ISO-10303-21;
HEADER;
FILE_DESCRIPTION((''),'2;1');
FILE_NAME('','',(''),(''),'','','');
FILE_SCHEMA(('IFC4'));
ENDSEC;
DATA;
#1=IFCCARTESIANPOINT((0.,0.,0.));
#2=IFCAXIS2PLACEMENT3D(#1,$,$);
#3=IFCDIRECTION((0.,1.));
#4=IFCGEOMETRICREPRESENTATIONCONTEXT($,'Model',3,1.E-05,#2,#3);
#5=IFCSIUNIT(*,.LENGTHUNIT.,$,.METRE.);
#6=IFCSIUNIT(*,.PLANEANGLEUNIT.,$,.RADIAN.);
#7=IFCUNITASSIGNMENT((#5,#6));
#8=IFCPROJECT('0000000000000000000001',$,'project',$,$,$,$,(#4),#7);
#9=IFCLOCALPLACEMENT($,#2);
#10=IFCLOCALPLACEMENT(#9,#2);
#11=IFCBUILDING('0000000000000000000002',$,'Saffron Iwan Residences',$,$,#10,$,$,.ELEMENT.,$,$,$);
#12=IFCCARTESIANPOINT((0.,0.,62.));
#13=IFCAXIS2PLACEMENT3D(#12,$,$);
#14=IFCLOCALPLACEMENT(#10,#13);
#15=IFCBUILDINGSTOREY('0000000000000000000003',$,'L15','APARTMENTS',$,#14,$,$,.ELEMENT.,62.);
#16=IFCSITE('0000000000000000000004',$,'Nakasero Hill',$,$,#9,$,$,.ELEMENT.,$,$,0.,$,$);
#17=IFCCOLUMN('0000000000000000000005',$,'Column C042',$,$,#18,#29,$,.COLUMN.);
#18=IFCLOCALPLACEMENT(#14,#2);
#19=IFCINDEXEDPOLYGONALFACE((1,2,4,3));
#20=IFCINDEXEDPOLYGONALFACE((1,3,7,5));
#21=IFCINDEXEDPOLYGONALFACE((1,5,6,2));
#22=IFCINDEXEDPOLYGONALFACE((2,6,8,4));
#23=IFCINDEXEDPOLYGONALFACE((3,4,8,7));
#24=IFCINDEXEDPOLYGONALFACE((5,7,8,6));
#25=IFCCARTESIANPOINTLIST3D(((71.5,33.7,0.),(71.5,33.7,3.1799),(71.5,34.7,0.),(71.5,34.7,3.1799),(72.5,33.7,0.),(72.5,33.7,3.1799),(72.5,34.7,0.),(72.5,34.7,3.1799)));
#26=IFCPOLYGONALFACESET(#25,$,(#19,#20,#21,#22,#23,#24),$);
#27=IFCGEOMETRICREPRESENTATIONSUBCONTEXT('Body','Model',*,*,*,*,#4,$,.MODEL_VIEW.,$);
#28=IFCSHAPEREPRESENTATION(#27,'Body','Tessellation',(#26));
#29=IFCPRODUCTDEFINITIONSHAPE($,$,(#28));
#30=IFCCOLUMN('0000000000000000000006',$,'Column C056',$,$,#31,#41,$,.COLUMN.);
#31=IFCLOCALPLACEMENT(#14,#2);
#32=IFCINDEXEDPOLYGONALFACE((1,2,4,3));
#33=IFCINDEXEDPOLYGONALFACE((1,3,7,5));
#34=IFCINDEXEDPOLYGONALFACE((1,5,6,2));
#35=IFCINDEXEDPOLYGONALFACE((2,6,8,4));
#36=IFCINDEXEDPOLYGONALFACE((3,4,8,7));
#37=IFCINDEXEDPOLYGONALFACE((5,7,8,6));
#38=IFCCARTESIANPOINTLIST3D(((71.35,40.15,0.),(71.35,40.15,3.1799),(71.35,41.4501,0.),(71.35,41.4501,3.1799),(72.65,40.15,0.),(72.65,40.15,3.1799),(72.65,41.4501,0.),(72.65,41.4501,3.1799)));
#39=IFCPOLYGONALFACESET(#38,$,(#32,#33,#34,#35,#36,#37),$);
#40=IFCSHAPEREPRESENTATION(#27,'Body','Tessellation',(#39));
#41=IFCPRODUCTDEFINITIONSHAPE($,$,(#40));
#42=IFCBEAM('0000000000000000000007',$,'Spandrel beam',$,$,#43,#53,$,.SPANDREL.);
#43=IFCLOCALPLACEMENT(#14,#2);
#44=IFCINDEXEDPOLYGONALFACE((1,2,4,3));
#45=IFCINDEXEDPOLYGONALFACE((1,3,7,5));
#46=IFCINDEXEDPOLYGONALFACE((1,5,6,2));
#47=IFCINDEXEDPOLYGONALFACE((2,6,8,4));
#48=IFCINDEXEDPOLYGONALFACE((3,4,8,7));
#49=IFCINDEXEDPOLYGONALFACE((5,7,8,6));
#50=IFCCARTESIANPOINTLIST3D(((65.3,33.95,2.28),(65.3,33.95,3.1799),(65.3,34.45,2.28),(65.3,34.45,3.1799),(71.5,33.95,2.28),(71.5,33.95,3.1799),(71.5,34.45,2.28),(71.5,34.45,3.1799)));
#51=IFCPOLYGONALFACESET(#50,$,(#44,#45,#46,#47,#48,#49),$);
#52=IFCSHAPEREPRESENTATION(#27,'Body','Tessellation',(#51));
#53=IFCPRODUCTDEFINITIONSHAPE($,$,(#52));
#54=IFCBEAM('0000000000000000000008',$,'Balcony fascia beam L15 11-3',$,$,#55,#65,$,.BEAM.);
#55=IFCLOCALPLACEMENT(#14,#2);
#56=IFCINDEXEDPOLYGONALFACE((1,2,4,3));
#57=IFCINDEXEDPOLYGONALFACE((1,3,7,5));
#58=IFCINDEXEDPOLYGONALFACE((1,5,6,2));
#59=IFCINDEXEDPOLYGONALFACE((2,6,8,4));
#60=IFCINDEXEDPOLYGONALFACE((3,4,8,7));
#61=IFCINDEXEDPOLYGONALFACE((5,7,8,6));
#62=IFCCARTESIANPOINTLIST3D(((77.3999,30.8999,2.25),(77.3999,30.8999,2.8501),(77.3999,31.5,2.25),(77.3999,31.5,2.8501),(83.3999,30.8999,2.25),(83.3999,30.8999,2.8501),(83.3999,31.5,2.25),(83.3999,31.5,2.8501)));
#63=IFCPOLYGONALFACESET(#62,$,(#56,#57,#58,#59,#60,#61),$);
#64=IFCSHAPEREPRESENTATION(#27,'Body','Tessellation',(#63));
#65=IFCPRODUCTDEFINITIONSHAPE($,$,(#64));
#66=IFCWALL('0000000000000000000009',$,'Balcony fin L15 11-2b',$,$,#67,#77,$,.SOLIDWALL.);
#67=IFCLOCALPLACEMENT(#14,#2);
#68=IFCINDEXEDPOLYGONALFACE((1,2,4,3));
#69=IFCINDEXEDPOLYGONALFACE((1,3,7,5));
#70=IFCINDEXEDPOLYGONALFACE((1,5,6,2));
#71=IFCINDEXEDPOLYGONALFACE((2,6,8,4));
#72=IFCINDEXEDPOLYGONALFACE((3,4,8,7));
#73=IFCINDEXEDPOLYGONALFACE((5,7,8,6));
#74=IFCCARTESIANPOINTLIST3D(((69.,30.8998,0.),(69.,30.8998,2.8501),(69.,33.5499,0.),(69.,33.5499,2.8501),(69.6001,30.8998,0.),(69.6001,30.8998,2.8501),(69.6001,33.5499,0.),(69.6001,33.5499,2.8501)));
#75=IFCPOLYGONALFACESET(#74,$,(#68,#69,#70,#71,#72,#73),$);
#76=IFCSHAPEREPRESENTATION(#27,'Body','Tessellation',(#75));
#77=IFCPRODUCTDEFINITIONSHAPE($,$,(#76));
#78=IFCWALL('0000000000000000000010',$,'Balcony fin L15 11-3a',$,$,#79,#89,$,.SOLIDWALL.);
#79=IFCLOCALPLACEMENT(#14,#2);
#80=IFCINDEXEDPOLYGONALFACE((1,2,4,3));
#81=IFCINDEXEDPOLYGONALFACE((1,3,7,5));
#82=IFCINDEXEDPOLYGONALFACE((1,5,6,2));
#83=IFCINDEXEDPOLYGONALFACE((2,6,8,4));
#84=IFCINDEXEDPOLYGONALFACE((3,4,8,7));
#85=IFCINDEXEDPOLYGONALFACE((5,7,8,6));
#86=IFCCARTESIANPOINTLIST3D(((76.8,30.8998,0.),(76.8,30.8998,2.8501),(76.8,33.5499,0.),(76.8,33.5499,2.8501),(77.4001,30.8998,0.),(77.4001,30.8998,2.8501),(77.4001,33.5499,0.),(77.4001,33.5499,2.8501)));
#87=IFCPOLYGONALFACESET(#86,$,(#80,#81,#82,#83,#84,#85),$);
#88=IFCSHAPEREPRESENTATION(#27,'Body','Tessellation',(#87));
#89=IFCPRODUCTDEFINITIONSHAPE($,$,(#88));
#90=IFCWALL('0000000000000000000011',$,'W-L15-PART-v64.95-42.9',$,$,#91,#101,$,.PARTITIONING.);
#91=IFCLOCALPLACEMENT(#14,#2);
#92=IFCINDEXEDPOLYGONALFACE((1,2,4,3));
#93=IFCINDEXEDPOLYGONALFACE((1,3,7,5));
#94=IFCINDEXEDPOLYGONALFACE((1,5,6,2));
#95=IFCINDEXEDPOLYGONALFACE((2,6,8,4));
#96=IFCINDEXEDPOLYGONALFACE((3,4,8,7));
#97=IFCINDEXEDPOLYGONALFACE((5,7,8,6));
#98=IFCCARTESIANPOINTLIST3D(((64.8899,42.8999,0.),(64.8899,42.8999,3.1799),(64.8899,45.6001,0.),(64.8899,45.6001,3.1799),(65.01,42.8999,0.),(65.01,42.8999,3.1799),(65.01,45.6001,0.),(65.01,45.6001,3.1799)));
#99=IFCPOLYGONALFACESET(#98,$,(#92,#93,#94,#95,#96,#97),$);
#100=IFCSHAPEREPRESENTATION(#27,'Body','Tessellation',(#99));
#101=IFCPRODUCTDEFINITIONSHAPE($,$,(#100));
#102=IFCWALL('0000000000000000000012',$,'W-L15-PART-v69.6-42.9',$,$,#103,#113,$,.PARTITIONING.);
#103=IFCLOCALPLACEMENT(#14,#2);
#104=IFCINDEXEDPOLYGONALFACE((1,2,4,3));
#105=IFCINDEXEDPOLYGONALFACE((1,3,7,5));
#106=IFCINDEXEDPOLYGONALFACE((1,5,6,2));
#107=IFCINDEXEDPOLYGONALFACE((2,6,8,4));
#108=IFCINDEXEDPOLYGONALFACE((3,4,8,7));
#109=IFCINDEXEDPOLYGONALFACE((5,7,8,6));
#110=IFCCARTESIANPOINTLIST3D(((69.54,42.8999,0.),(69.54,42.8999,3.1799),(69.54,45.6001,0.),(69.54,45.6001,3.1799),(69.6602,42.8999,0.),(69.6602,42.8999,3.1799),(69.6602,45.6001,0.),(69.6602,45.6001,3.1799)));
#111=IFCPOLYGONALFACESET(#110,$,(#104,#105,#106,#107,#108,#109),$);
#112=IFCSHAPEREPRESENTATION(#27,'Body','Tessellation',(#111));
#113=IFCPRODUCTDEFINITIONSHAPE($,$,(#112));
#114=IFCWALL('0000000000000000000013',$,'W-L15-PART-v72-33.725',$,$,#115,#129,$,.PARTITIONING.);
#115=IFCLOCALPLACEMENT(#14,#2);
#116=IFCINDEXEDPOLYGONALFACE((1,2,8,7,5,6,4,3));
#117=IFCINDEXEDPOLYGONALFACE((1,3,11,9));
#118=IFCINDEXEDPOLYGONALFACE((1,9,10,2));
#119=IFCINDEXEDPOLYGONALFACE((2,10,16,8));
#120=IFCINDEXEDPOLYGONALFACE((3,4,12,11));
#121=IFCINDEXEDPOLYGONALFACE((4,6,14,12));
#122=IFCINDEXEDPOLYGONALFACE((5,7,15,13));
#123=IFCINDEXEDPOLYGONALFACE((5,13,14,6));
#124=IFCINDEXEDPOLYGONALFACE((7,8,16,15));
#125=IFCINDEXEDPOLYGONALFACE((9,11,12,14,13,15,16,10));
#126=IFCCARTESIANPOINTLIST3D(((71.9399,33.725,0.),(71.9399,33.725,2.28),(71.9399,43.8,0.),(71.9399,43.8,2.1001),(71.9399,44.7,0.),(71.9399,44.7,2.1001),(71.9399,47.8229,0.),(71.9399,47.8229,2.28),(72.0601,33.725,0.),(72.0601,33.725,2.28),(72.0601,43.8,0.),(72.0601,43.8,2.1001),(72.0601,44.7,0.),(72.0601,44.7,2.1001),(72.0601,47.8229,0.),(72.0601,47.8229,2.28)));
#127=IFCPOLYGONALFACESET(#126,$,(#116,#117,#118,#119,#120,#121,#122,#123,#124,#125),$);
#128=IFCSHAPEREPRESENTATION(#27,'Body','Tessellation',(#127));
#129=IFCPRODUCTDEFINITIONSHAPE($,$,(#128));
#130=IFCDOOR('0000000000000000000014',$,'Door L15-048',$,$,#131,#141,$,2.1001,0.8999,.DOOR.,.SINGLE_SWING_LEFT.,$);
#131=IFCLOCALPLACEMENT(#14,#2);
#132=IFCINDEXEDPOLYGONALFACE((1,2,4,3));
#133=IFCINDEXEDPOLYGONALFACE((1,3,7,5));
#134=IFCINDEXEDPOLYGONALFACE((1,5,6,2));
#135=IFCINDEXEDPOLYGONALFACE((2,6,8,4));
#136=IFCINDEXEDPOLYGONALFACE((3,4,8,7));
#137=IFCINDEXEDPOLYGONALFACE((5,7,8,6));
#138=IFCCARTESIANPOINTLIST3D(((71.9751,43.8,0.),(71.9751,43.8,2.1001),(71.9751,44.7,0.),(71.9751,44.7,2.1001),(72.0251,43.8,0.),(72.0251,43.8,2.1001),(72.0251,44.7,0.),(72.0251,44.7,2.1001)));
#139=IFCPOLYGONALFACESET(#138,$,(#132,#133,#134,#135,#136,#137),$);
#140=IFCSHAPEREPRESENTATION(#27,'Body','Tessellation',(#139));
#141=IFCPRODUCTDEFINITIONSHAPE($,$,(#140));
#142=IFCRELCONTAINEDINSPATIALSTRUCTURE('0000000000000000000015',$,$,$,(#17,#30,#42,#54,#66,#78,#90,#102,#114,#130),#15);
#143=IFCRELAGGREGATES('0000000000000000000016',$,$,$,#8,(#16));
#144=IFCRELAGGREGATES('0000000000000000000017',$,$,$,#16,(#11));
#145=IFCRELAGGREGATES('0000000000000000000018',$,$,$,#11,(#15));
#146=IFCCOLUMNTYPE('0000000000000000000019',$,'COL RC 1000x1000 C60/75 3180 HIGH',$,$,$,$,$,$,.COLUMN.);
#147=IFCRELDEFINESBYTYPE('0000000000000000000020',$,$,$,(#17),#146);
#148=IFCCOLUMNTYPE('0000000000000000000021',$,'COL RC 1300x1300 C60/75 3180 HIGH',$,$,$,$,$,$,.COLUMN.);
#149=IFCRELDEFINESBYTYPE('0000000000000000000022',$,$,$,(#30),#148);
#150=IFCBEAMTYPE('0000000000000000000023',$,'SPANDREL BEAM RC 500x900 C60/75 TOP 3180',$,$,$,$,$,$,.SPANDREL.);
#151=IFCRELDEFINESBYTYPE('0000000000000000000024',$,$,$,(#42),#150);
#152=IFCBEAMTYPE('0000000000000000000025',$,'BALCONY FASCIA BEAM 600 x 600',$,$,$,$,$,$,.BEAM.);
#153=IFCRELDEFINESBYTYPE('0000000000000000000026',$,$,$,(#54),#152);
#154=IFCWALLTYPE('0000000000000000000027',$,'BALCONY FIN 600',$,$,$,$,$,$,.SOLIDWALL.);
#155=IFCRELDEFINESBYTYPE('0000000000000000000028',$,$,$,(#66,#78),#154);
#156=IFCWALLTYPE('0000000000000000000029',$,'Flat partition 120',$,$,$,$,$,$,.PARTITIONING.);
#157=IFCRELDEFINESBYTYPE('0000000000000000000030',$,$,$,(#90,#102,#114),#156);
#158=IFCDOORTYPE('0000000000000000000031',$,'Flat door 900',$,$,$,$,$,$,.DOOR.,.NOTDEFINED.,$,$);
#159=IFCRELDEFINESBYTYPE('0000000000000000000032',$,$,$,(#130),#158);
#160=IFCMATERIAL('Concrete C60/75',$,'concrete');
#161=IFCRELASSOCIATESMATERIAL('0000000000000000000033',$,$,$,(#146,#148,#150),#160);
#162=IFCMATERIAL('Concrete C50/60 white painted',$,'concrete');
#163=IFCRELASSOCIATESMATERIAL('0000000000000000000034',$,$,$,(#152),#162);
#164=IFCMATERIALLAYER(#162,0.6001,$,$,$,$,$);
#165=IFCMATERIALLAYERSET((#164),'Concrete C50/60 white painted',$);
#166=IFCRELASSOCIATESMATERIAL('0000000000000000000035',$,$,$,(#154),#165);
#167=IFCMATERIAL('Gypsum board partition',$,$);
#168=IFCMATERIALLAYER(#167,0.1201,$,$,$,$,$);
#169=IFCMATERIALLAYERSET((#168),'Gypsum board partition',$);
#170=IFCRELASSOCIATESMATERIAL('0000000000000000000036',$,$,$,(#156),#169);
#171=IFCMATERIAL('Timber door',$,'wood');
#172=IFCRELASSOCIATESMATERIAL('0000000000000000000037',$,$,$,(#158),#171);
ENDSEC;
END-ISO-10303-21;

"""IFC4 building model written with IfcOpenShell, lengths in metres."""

from ifc_helpers import new_model, si_unit, direction, frame, frame_2d, origin, origin_2d, place, context, subcontext, project, spatial, rectangle, extrude, source, transform, mapped, material, layer, layer_set, material_profile, profile_set, type_object, element, fill, save


model = new_model("IFC4")

# Units and contexts
model_context = context("Model", 3, precision=1e-05, world=origin(), true_north=direction((0.0, 1.0)))
body_context = subcontext(model_context, "Body", "Model", "MODEL_VIEW")
ifc_project = project(units=[si_unit("LENGTHUNIT", "METRE"), si_unit("PLANEANGLEUNIT", "RADIAN")], contexts=[model_context])

# Site, building, storey
site_placement = place(None, origin())
site = spatial("IfcSite", under=ifc_project, at=site_placement, Name="Nakasero Hill", CompositionType="ELEMENT", RefElevation=0.0)
building_placement = place(site_placement, origin())
building = spatial("IfcBuilding", under=site, at=building_placement, Name="Saffron Iwan Residences", CompositionType="ELEMENT")
storey_placement = place(building_placement, frame((0.0, 0.0, 62.0)))
storey = spatial("IfcBuildingStorey", under=building, at=storey_placement, Name="L15", Description="APARTMENTS", CompositionType="ELEMENT", Elevation=62.0)

# Columns
ifc_material_1 = material(Name="Concrete C60/75", Category="concrete")
ifc_material_profile_1 = material_profile(ifc_material_1, rectangle(XDim=1.0, YDim=1.0, at=origin_2d()), Name="RC 1000x1000")
ifc_profile_set_1 = profile_set([ifc_material_profile_1], Name="Concrete C60/75")
column_type_1 = type_object("IfcColumnType", Name="COL RC 1000x1000 C60/75 3180 HIGH", PredefinedType="COLUMN", material=ifc_profile_set_1)
shared_shape_1 = source(origin(), body_context, "Body", "SweptSolid", [
    extrude(rectangle(XDim=1.0, YDim=1.0, at=origin_2d()), origin(), (0.0, 0.0, 1.0), 3.1799),
])
column_1_placement = place(storey_placement, frame((72.0, 34.2, 0.0), z_axis=(0.0, 0.0, 1.0), x_axis=(1.0, 0.0, 0.0)))
element("IfcColumn", 1, at=column_1_placement, inside=storey, type_object=column_type_1, Name="Column C042", PredefinedType="COLUMN", context=body_context, shape_type="MappedRepresentation", body=[
    mapped(shared_shape_1, transform((0.0, 0.0, 0.0))),
])
ifc_material_profile_2 = material_profile(ifc_material_1, rectangle(XDim=1.3, YDim=1.3, at=origin_2d()), Name="RC 1300x1300")
ifc_profile_set_2 = profile_set([ifc_material_profile_2], Name="Concrete C60/75")
column_type_2 = type_object("IfcColumnType", Name="COL RC 1300x1300 C60/75 3180 HIGH", PredefinedType="COLUMN", material=ifc_profile_set_2)
shared_shape_2 = source(origin(), body_context, "Body", "SweptSolid", [
    extrude(rectangle(XDim=1.3, YDim=1.3, at=origin_2d()), origin(), (0.0, 0.0, 1.0), 3.1799),
])
column_2_placement = place(storey_placement, frame((72.0, 40.8, 0.0), z_axis=(0.0, 0.0, 1.0), x_axis=(1.0, 0.0, 0.0)))
element("IfcColumn", 2, at=column_2_placement, inside=storey, type_object=column_type_2, Name="Column C056", PredefinedType="COLUMN", context=body_context, shape_type="MappedRepresentation", body=[
    mapped(shared_shape_2, transform((0.0, 0.0, 0.0))),
])

# Beams
ifc_material_profile_3 = material_profile(ifc_material_1, rectangle(XDim=0.5, YDim=0.8999, at=origin_2d()), Name="RC 500x900")
ifc_profile_set_3 = profile_set([ifc_material_profile_3], Name="Concrete C60/75")
beam_type_1 = type_object("IfcBeamType", Name="SPANDREL BEAM RC 500x900 C60/75 TOP 3180", PredefinedType="SPANDREL", material=ifc_profile_set_3)
shared_shape_3 = source(origin(), body_context, "Body", "SweptSolid", [
    extrude(rectangle(XDim=0.5, YDim=0.8999, at=origin_2d()), origin(), (0.0, 0.0, 1.0), 6.2),
])
beam_1_placement = place(storey_placement, frame((71.5, 34.2, 2.73), z_axis=(-1.0, 0.0, 0.0), x_axis=(0.0, -1.0, 0.0)))
element("IfcBeam", 3, at=beam_1_placement, inside=storey, type_object=beam_type_1, Name="Spandrel beam", PredefinedType="SPANDREL", context=body_context, shape_type="MappedRepresentation", body=[
    mapped(shared_shape_3, transform((0.0, 0.0, 0.0))),
])
ifc_material_2 = material(Name="Concrete C50/60 white painted", Category="concrete")
ifc_material_profile_4 = material_profile(ifc_material_2, rectangle(XDim=0.6001, YDim=0.6001, at=origin_2d()), Name="BALCONY FASCIA BEAM 600 x 600")
ifc_profile_set_4 = profile_set([ifc_material_profile_4], Name="Concrete C50/60 white painted")
beam_type_2 = type_object("IfcBeamType", Name="BALCONY FASCIA BEAM 600 x 600", PredefinedType="BEAM", material=ifc_profile_set_4)
shared_shape_4 = source(origin(), body_context, "Body", "SweptSolid", [
    extrude(rectangle(XDim=0.6001, YDim=0.6001, at=origin_2d()), origin(), (0.0, 0.0, 1.0), 6.0),
])
beam_2_placement = place(storey_placement, frame((77.3999, 31.2, 2.55), z_axis=(1.0, 0.0, 0.0), x_axis=(0.0, 1.0, 0.0)))
element("IfcBeam", 4, at=beam_2_placement, inside=storey, type_object=beam_type_2, Name="Balcony fascia beam L15 11-3", PredefinedType="BEAM", context=body_context, shape_type="MappedRepresentation", body=[
    mapped(shared_shape_4, transform((0.0, 0.0, 0.0))),
])

# Walls
ifc_layer_1 = layer(ifc_material_2, 0.6001)
ifc_layer_set_1 = layer_set([ifc_layer_1], Name="Concrete C50/60 white painted")
wall_type_1 = type_object("IfcWallType", Name="BALCONY FIN 600", PredefinedType="SOLIDWALL", material=ifc_layer_set_1)
for number, where, z_axis, x_axis, name in (
    (5, (69.3, 33.55, 0.0), (0.0, 0.0, 1.0), (0.0, -1.0, 0.0), "Balcony fin L15 11-2b"),
    (6, (77.1001, 33.55, 0.0), (0.0, 0.0, 1.0), (0.0, -1.0, 0.0), "Balcony fin L15 11-3a"),
):
    element("IfcWall", number, at=place(storey_placement, frame(where, z_axis=z_axis, x_axis=x_axis)), inside=storey, type_object=wall_type_1, Name=name, PredefinedType="SOLIDWALL", context=body_context, shape_type="SweptSolid", body=[
        extrude(rectangle(XDim=2.6501, YDim=0.6001, at=frame_2d((1.3252, 0.0))), origin(), (0.0, 0.0, 1.0), 2.8501),
    ])

# Walls
ifc_material_3 = material(Name="Gypsum board partition")
ifc_layer_2 = layer(ifc_material_3, 0.1201)
ifc_layer_set_2 = layer_set([ifc_layer_2], Name="Gypsum board partition")
wall_type_2 = type_object("IfcWallType", Name="Flat partition 120", PredefinedType="PARTITIONING", material=ifc_layer_set_2)
for number, where, z_axis, x_axis, name in (
    (7, (64.95, 42.8999, 0.0), (0.0, 0.0, 1.0), (0.0, 1.0, 0.0), "W-L15-PART-v64.95-42.9"),
    (8, (69.6001, 42.8999, 0.0), (0.0, 0.0, 1.0), (0.0, 1.0, 0.0), "W-L15-PART-v69.6-42.9"),
):
    element("IfcWall", number, at=place(storey_placement, frame(where, z_axis=z_axis, x_axis=x_axis)), inside=storey, type_object=wall_type_2, Name=name, PredefinedType="PARTITIONING", context=body_context, shape_type="SweptSolid", body=[
        extrude(rectangle(XDim=2.7002, YDim=0.1201, at=frame_2d((1.3501, 0.0))), origin(), (0.0, 0.0, 1.0), 3.1799),
    ])

# Wall, opening, door
wall_1_placement = place(storey_placement, frame((72.0, 33.7251, 0.0), z_axis=(0.0, 0.0, 1.0), x_axis=(0.0, 1.0, 0.0)))
wall_1 = element("IfcWall", 9, at=wall_1_placement, inside=storey, type_object=wall_type_2, Name="W-L15-PART-v72-33.725", PredefinedType="PARTITIONING", context=body_context, shape_type="SweptSolid", body=[
    extrude(rectangle(XDim=14.0979, YDim=0.1201, at=frame_2d((7.0488, 0.0))), origin(), (0.0, 0.0, 1.0), 2.28),
])
opening_1_placement = place(wall_1_placement, frame((10.075, 0.0, 0.0)))
opening_1 = element("IfcOpeningElement", 10, at=opening_1_placement, cuts=wall_1, PredefinedType="OPENING", context=body_context, shape_type="SweptSolid", body=[
    extrude(rectangle(XDim=0.8999, YDim=2.1001, at=frame_2d((0.45, 1.05))), frame((0.0, 0.0701, 0.0), z_axis=(0.0, -1.0, 0.0), x_axis=(1.0, 0.0, 0.0)), (0.0, 0.0, 1.0), 0.1401),
])
ifc_material_4 = material(Name="Timber door", Category="wood")
door_type_1 = type_object("IfcDoorType", Name="Flat door 900", OperationType="NOTDEFINED", PredefinedType="DOOR", material=ifc_material_4)
door_1_placement = place(opening_1_placement, origin())
door_1 = element("IfcDoor", 11, at=door_1_placement, inside=storey, type_object=door_type_1, Name="Door L15-048", OperationType="SINGLE_SWING_LEFT", OverallHeight=2.1001, OverallWidth=0.8999, PredefinedType="DOOR", context=body_context, shape_type="SweptSolid", body=[
    extrude(rectangle(XDim=0.8999, YDim=2.1001, at=frame_2d((0.45, 1.05))), frame((0.0, 0.0249, 0.0), z_axis=(0.0, -1.0, 0.0), x_axis=(1.0, 0.0, 0.0)), (0.0, 0.0, 1.0), 0.05),
])
fill(opening_1, door_1)

save(model, "model.ifc")
